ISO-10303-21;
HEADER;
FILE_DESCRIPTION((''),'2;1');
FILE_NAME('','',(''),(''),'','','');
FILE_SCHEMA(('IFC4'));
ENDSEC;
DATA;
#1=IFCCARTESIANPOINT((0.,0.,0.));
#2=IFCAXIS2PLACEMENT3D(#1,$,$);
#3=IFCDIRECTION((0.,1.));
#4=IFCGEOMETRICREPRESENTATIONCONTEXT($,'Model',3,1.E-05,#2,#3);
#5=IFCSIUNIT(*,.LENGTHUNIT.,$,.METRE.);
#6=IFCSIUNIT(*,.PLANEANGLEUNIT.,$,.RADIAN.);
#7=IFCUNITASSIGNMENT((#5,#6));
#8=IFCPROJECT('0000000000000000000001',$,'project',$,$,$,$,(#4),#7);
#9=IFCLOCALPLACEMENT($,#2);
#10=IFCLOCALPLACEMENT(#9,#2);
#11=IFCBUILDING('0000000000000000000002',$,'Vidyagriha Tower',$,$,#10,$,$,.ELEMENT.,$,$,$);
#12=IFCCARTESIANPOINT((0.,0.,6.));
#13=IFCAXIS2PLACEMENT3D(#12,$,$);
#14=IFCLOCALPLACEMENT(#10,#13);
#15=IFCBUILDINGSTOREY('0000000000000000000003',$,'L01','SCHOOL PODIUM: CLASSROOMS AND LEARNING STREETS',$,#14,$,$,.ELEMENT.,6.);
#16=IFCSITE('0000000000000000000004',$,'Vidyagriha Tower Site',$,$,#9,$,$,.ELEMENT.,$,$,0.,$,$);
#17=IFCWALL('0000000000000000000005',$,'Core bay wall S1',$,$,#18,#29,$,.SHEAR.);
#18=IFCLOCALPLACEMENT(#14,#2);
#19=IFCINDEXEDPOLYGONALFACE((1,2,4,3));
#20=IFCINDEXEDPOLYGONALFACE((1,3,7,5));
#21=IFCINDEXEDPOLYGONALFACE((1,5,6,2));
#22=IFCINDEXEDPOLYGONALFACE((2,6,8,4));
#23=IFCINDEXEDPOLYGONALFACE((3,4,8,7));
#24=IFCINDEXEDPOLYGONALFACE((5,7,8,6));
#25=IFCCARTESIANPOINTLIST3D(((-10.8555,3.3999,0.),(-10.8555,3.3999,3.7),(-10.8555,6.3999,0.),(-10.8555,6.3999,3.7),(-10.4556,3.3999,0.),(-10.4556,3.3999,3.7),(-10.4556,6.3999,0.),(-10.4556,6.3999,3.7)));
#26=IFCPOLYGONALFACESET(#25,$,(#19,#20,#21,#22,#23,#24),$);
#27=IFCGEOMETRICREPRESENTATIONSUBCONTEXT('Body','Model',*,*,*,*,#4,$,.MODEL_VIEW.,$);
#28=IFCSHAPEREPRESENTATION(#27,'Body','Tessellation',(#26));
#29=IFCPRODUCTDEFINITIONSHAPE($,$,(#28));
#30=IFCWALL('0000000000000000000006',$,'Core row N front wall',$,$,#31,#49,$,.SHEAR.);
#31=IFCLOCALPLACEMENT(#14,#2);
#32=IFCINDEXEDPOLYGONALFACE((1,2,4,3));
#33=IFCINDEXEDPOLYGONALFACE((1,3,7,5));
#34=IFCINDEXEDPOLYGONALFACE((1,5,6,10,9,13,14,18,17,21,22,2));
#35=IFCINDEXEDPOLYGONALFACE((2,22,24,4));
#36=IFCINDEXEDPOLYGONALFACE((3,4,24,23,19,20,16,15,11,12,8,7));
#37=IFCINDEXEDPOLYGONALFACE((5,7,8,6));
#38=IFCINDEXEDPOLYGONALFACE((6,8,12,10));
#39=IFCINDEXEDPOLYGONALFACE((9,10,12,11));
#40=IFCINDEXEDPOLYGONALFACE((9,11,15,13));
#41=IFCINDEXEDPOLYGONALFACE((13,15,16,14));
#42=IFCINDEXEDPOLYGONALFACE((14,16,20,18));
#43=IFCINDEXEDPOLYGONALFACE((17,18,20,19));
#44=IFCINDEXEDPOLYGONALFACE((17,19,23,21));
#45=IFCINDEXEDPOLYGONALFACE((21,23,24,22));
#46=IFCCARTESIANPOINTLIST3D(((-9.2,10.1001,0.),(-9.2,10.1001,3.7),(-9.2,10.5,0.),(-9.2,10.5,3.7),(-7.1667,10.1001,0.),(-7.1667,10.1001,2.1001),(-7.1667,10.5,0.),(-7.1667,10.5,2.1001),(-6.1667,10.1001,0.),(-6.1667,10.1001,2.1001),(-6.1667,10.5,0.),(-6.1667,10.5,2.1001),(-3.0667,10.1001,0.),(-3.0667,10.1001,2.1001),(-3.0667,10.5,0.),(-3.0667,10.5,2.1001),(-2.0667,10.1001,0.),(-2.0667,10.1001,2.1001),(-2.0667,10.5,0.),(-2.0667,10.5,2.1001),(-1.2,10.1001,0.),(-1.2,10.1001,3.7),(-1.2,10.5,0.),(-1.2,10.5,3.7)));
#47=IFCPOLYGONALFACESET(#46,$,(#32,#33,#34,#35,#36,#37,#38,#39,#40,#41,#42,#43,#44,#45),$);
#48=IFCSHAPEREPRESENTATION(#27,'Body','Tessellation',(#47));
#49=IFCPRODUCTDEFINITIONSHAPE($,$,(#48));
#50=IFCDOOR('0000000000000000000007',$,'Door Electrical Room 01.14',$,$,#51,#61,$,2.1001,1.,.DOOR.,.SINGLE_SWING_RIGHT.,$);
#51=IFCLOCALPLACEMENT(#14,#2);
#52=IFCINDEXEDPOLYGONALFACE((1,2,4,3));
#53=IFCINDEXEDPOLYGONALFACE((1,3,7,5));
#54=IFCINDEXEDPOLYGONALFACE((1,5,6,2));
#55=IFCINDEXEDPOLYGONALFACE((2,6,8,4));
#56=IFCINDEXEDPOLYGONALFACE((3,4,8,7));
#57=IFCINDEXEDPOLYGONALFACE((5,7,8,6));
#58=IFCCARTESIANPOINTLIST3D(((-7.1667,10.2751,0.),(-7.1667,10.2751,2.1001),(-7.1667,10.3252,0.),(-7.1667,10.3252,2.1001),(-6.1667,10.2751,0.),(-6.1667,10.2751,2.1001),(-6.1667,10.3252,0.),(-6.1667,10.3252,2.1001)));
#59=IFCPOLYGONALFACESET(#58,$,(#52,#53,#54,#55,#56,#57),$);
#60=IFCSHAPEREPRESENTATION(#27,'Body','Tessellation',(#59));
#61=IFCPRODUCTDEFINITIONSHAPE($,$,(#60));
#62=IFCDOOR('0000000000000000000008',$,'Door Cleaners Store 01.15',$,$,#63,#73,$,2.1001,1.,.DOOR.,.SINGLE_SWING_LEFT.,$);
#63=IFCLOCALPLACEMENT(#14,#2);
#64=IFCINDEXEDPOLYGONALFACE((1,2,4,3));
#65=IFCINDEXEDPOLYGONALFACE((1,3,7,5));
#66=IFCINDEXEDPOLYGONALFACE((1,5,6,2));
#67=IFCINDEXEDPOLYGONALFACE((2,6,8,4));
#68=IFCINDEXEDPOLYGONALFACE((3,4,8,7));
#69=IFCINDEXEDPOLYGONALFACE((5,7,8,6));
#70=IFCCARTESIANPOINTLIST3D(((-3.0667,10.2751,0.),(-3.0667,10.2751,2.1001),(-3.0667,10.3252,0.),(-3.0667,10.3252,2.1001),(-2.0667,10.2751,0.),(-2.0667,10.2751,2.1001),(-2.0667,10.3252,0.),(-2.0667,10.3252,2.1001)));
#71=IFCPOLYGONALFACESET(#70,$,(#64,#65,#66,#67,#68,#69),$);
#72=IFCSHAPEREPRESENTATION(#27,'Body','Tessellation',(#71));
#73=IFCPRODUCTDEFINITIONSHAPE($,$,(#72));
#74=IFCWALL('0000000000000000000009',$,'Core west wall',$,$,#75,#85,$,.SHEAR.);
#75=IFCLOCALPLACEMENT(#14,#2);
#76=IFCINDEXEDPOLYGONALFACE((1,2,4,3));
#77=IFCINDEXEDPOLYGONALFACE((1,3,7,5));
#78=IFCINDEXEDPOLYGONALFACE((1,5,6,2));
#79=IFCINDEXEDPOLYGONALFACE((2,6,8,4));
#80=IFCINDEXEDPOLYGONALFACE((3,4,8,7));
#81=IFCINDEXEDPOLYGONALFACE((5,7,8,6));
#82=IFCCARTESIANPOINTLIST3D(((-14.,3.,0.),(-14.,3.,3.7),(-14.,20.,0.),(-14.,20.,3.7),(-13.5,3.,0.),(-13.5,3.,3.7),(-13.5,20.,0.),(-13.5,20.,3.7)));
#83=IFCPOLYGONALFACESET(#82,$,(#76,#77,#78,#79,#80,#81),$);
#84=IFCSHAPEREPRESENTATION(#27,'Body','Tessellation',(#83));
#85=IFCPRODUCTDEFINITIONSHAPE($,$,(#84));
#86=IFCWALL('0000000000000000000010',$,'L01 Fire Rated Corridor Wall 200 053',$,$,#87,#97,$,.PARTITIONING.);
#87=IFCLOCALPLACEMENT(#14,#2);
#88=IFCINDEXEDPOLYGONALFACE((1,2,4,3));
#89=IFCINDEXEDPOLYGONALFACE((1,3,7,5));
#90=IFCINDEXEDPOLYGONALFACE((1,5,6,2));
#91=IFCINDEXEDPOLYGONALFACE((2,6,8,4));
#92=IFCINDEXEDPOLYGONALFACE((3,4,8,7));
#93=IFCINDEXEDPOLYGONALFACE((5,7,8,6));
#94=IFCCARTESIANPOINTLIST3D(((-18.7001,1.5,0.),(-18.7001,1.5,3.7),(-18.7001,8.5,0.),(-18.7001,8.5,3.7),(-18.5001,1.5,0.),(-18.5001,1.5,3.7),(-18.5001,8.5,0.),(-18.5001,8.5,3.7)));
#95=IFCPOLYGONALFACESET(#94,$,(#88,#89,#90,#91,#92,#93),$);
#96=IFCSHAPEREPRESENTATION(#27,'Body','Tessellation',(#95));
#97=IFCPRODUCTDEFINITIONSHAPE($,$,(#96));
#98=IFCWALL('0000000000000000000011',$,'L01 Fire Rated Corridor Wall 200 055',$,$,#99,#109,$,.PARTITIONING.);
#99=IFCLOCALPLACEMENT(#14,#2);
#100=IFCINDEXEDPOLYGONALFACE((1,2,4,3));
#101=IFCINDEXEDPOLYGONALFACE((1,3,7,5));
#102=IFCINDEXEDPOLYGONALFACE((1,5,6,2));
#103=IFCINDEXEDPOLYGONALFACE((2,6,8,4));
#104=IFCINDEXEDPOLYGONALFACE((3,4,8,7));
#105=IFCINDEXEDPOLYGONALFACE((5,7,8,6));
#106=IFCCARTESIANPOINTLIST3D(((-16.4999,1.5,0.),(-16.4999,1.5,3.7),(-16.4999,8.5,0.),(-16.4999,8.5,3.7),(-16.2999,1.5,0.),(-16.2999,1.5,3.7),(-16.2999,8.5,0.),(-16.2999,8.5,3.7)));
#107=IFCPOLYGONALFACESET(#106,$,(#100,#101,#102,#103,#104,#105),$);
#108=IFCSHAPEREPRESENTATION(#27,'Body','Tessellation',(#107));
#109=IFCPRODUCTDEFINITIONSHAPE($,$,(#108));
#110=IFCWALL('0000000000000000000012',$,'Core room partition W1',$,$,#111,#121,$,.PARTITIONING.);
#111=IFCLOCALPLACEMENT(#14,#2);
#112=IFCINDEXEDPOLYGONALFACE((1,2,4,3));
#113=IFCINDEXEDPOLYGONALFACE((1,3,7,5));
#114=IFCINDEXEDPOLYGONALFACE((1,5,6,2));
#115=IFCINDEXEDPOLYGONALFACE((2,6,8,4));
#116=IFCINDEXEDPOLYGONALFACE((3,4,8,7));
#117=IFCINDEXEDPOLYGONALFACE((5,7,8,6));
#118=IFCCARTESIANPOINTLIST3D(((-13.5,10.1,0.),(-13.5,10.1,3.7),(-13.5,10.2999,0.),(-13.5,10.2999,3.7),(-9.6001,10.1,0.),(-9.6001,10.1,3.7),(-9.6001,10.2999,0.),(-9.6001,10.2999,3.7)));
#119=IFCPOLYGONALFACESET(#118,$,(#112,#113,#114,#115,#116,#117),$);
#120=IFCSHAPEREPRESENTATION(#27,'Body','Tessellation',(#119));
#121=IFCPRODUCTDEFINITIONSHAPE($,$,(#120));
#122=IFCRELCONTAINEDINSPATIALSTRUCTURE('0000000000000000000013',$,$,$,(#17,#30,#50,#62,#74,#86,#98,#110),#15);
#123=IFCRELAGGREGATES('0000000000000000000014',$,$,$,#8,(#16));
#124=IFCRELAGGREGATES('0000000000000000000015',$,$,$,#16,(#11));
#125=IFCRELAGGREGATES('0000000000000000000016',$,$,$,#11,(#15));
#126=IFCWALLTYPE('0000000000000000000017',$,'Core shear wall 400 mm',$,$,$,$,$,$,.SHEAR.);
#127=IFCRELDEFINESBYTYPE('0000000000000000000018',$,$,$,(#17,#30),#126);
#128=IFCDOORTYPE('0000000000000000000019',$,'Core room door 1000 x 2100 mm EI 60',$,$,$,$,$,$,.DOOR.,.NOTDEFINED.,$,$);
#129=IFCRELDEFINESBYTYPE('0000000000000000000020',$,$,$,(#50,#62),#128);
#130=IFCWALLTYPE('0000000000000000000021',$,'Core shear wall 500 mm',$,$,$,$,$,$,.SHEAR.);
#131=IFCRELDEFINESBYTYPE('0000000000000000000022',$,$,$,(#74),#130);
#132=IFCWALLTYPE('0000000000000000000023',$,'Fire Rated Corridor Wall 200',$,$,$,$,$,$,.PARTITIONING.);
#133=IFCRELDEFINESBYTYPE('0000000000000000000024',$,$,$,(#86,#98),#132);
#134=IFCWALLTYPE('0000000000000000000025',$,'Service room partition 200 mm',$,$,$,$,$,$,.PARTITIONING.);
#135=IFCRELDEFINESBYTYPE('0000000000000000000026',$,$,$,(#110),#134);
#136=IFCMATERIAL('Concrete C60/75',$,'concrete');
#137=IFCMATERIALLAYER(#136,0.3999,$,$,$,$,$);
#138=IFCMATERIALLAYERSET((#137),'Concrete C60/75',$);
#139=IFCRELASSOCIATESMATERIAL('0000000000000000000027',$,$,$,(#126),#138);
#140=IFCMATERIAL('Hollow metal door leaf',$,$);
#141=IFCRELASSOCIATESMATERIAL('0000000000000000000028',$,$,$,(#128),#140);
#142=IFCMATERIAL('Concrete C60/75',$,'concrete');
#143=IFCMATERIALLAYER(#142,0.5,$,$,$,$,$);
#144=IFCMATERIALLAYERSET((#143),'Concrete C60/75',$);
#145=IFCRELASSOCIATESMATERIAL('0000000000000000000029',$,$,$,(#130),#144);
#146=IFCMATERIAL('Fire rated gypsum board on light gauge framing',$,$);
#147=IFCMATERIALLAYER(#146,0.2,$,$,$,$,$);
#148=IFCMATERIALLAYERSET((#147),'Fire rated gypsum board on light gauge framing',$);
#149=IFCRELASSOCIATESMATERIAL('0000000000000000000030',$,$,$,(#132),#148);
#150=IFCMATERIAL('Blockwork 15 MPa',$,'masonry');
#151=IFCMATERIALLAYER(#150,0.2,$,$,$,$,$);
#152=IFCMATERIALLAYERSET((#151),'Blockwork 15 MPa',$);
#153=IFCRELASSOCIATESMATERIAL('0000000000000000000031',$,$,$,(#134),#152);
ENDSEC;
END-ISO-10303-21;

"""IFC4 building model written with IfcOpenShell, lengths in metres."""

from ifc_helpers import new_model, si_unit, direction, frame, frame_2d, origin, place, context, subcontext, project, spatial, rectangle, extrude, material, layer, layer_set, type_object, element, fill, save


model = new_model("IFC4")

# Units and contexts
model_context = context("Model", 3, precision=1e-05, world=origin(), true_north=direction((0.0, 1.0)))
body_context = subcontext(model_context, "Body", "Model", "MODEL_VIEW")
ifc_project = project(units=[si_unit("LENGTHUNIT", "METRE"), si_unit("PLANEANGLEUNIT", "RADIAN")], contexts=[model_context])

# Site, building, storey
site_placement = place(None, origin())
site = spatial("IfcSite", under=ifc_project, at=site_placement, Name="Vidyagriha Tower Site", CompositionType="ELEMENT", RefElevation=0.0)
building_placement = place(site_placement, origin())
building = spatial("IfcBuilding", under=site, at=building_placement, Name="Vidyagriha Tower", CompositionType="ELEMENT")
storey_placement = place(building_placement, frame((0.0, 0.0, 6.0)))
storey = spatial("IfcBuildingStorey", under=building, at=storey_placement, Name="L01", Description="SCHOOL PODIUM: CLASSROOMS AND LEARNING STREETS", CompositionType="ELEMENT", Elevation=6.0)

# Shared definitions
ifc_material_1 = material(Name="Concrete C60/75", Category="concrete")
ifc_layer_1 = layer(ifc_material_1, 0.3999)
ifc_layer_set_1 = layer_set([ifc_layer_1], Name="Concrete C60/75")
wall_type_1 = type_object("IfcWallType", Name="Core shear wall 400 mm", PredefinedType="SHEAR", material=ifc_layer_set_1)
ifc_material_2 = material(Name="Hollow metal door leaf")
door_type_1 = type_object("IfcDoorType", Name="Core room door 1000 x 2100 mm EI 60", OperationType="NOTDEFINED", PredefinedType="DOOR", material=ifc_material_2)

# Wall
wall_1_placement = place(storey_placement, frame((-10.6555, 3.3999, 0.0), z_axis=(0.0, 0.0, 1.0), x_axis=(0.0, 1.0, 0.0)))
element("IfcWall", 1, at=wall_1_placement, inside=storey, type_object=wall_type_1, Name="Core bay wall S1", PredefinedType="SHEAR", context=body_context, shape_type="SweptSolid", body=[
    extrude(rectangle(XDim=3.0, YDim=0.3999, at=frame_2d((1.5, 0.0))), origin(), (0.0, 0.0, 1.0), 3.7),
])

# Wall, openings, doors
wall_2_placement = place(storey_placement, frame((-9.2, 10.3, 0.0)))
wall_2 = element("IfcWall", 2, at=wall_2_placement, inside=storey, type_object=wall_type_1, Name="Core row N front wall", PredefinedType="SHEAR", context=body_context, shape_type="SweptSolid", body=[
    extrude(rectangle(XDim=8.0, YDim=0.3999, at=frame_2d((4.0, 0.0))), origin(), (0.0, 0.0, 1.0), 3.7),
])
opening_1_placement = place(wall_2_placement, frame((2.0332, 0.0, 0.0)))
opening_1 = element("IfcOpeningElement", 3, at=opening_1_placement, cuts=wall_2, PredefinedType="OPENING", context=body_context, shape_type="SweptSolid", body=[
    extrude(rectangle(XDim=1.0, YDim=2.1001, at=frame_2d((0.5, 1.05))), frame((0.0, 0.21, 0.0), z_axis=(0.0, -1.0, 0.0), x_axis=(1.0, 0.0, 0.0)), (0.0, 0.0, 1.0), 0.4199),
])
opening_2_placement = place(wall_2_placement, frame((6.1333, 0.0, 0.0)))
opening_2 = element("IfcOpeningElement", 4, at=opening_2_placement, cuts=wall_2, PredefinedType="OPENING", context=body_context, shape_type="SweptSolid", body=[
    extrude(rectangle(XDim=1.0, YDim=2.1001, at=frame_2d((0.5, 1.05))), frame((0.0, 0.21, 0.0), z_axis=(0.0, -1.0, 0.0), x_axis=(1.0, 0.0, 0.0)), (0.0, 0.0, 1.0), 0.4199),
])
door_1_placement = place(opening_1_placement, frame((1.0, 0.0, 0.0), z_axis=(0.0, 0.0, 1.0), x_axis=(-1.0, 0.0, 0.0)))
door_1 = element("IfcDoor", 5, at=door_1_placement, inside=storey, type_object=door_type_1, Name="Door Electrical Room 01.14", OperationType="SINGLE_SWING_RIGHT", OverallHeight=2.1001, OverallWidth=1.0, PredefinedType="DOOR", context=body_context, shape_type="SweptSolid", body=[
    extrude(rectangle(XDim=1.0, YDim=2.1001, at=frame_2d((0.5, 1.05))), frame((0.0, 0.0249, 0.0), z_axis=(0.0, -1.0, 0.0), x_axis=(1.0, 0.0, 0.0)), (0.0, 0.0, 1.0), 0.05),
])
fill(opening_1, door_1)
door_2_placement = place(opening_2_placement, frame((1.0, 0.0, 0.0), z_axis=(0.0, 0.0, 1.0), x_axis=(-1.0, 0.0, 0.0)))
door_2 = element("IfcDoor", 6, at=door_2_placement, inside=storey, type_object=door_type_1, Name="Door Cleaners Store 01.15", OperationType="SINGLE_SWING_LEFT", OverallHeight=2.1001, OverallWidth=1.0, PredefinedType="DOOR", context=body_context, shape_type="SweptSolid", body=[
    extrude(rectangle(XDim=1.0, YDim=2.1001, at=frame_2d((0.5, 1.05))), frame((0.0, 0.0249, 0.0), z_axis=(0.0, -1.0, 0.0), x_axis=(1.0, 0.0, 0.0)), (0.0, 0.0, 1.0), 0.05),
])
fill(opening_2, door_2)

# Walls
ifc_material_3 = material(Name="Concrete C60/75", Category="concrete")
ifc_layer_2 = layer(ifc_material_3, 0.5)
ifc_layer_set_2 = layer_set([ifc_layer_2], Name="Concrete C60/75")
wall_type_2 = type_object("IfcWallType", Name="Core shear wall 500 mm", PredefinedType="SHEAR", material=ifc_layer_set_2)
wall_3_placement = place(storey_placement, frame((-13.75, 3.0, 0.0), z_axis=(0.0, 0.0, 1.0), x_axis=(0.0, 1.0, 0.0)))
element("IfcWall", 7, at=wall_3_placement, inside=storey, type_object=wall_type_2, Name="Core west wall", PredefinedType="SHEAR", context=body_context, shape_type="SweptSolid", body=[
    extrude(rectangle(XDim=17.0, YDim=0.5, at=frame_2d((8.5, 0.0))), origin(), (0.0, 0.0, 1.0), 3.7),
])
ifc_material_4 = material(Name="Fire rated gypsum board on light gauge framing")
ifc_layer_3 = layer(ifc_material_4, 0.2)
ifc_layer_set_3 = layer_set([ifc_layer_3], Name="Fire rated gypsum board on light gauge framing")
wall_type_3 = type_object("IfcWallType", Name="Fire Rated Corridor Wall 200", PredefinedType="PARTITIONING", material=ifc_layer_set_3)
for number, where, z_axis, x_axis, name in (
    (8, (-18.6001, 1.5, 0.0), (0.0, 0.0, 1.0), (0.0, 1.0, 0.0), "L01 Fire Rated Corridor Wall 200 053"),
    (9, (-16.3999, 1.5, 0.0), (0.0, 0.0, 1.0), (0.0, 1.0, 0.0), "L01 Fire Rated Corridor Wall 200 055"),
):
    element("IfcWall", number, at=place(storey_placement, frame(where, z_axis=z_axis, x_axis=x_axis)), inside=storey, type_object=wall_type_3, Name=name, PredefinedType="PARTITIONING", context=body_context, shape_type="SweptSolid", body=[
        extrude(rectangle(XDim=7.0, YDim=0.2, at=frame_2d((3.5, 0.0))), origin(), (0.0, 0.0, 1.0), 3.7),
    ])
ifc_material_5 = material(Name="Blockwork 15 MPa", Category="masonry")
ifc_layer_4 = layer(ifc_material_5, 0.2)
ifc_layer_set_4 = layer_set([ifc_layer_4], Name="Blockwork 15 MPa")
wall_type_4 = type_object("IfcWallType", Name="Service room partition 200 mm", PredefinedType="PARTITIONING", material=ifc_layer_set_4)
wall_4_placement = place(storey_placement, frame((-13.5, 10.2, 0.0)))
element("IfcWall", 10, at=wall_4_placement, inside=storey, type_object=wall_type_4, Name="Core room partition W1", PredefinedType="PARTITIONING", context=body_context, shape_type="SweptSolid", body=[
    extrude(rectangle(XDim=3.8999, YDim=0.2, at=frame_2d((1.95, 0.0))), origin(), (0.0, 0.0, 1.0), 3.7),
])

save(model, "model.ifc")
